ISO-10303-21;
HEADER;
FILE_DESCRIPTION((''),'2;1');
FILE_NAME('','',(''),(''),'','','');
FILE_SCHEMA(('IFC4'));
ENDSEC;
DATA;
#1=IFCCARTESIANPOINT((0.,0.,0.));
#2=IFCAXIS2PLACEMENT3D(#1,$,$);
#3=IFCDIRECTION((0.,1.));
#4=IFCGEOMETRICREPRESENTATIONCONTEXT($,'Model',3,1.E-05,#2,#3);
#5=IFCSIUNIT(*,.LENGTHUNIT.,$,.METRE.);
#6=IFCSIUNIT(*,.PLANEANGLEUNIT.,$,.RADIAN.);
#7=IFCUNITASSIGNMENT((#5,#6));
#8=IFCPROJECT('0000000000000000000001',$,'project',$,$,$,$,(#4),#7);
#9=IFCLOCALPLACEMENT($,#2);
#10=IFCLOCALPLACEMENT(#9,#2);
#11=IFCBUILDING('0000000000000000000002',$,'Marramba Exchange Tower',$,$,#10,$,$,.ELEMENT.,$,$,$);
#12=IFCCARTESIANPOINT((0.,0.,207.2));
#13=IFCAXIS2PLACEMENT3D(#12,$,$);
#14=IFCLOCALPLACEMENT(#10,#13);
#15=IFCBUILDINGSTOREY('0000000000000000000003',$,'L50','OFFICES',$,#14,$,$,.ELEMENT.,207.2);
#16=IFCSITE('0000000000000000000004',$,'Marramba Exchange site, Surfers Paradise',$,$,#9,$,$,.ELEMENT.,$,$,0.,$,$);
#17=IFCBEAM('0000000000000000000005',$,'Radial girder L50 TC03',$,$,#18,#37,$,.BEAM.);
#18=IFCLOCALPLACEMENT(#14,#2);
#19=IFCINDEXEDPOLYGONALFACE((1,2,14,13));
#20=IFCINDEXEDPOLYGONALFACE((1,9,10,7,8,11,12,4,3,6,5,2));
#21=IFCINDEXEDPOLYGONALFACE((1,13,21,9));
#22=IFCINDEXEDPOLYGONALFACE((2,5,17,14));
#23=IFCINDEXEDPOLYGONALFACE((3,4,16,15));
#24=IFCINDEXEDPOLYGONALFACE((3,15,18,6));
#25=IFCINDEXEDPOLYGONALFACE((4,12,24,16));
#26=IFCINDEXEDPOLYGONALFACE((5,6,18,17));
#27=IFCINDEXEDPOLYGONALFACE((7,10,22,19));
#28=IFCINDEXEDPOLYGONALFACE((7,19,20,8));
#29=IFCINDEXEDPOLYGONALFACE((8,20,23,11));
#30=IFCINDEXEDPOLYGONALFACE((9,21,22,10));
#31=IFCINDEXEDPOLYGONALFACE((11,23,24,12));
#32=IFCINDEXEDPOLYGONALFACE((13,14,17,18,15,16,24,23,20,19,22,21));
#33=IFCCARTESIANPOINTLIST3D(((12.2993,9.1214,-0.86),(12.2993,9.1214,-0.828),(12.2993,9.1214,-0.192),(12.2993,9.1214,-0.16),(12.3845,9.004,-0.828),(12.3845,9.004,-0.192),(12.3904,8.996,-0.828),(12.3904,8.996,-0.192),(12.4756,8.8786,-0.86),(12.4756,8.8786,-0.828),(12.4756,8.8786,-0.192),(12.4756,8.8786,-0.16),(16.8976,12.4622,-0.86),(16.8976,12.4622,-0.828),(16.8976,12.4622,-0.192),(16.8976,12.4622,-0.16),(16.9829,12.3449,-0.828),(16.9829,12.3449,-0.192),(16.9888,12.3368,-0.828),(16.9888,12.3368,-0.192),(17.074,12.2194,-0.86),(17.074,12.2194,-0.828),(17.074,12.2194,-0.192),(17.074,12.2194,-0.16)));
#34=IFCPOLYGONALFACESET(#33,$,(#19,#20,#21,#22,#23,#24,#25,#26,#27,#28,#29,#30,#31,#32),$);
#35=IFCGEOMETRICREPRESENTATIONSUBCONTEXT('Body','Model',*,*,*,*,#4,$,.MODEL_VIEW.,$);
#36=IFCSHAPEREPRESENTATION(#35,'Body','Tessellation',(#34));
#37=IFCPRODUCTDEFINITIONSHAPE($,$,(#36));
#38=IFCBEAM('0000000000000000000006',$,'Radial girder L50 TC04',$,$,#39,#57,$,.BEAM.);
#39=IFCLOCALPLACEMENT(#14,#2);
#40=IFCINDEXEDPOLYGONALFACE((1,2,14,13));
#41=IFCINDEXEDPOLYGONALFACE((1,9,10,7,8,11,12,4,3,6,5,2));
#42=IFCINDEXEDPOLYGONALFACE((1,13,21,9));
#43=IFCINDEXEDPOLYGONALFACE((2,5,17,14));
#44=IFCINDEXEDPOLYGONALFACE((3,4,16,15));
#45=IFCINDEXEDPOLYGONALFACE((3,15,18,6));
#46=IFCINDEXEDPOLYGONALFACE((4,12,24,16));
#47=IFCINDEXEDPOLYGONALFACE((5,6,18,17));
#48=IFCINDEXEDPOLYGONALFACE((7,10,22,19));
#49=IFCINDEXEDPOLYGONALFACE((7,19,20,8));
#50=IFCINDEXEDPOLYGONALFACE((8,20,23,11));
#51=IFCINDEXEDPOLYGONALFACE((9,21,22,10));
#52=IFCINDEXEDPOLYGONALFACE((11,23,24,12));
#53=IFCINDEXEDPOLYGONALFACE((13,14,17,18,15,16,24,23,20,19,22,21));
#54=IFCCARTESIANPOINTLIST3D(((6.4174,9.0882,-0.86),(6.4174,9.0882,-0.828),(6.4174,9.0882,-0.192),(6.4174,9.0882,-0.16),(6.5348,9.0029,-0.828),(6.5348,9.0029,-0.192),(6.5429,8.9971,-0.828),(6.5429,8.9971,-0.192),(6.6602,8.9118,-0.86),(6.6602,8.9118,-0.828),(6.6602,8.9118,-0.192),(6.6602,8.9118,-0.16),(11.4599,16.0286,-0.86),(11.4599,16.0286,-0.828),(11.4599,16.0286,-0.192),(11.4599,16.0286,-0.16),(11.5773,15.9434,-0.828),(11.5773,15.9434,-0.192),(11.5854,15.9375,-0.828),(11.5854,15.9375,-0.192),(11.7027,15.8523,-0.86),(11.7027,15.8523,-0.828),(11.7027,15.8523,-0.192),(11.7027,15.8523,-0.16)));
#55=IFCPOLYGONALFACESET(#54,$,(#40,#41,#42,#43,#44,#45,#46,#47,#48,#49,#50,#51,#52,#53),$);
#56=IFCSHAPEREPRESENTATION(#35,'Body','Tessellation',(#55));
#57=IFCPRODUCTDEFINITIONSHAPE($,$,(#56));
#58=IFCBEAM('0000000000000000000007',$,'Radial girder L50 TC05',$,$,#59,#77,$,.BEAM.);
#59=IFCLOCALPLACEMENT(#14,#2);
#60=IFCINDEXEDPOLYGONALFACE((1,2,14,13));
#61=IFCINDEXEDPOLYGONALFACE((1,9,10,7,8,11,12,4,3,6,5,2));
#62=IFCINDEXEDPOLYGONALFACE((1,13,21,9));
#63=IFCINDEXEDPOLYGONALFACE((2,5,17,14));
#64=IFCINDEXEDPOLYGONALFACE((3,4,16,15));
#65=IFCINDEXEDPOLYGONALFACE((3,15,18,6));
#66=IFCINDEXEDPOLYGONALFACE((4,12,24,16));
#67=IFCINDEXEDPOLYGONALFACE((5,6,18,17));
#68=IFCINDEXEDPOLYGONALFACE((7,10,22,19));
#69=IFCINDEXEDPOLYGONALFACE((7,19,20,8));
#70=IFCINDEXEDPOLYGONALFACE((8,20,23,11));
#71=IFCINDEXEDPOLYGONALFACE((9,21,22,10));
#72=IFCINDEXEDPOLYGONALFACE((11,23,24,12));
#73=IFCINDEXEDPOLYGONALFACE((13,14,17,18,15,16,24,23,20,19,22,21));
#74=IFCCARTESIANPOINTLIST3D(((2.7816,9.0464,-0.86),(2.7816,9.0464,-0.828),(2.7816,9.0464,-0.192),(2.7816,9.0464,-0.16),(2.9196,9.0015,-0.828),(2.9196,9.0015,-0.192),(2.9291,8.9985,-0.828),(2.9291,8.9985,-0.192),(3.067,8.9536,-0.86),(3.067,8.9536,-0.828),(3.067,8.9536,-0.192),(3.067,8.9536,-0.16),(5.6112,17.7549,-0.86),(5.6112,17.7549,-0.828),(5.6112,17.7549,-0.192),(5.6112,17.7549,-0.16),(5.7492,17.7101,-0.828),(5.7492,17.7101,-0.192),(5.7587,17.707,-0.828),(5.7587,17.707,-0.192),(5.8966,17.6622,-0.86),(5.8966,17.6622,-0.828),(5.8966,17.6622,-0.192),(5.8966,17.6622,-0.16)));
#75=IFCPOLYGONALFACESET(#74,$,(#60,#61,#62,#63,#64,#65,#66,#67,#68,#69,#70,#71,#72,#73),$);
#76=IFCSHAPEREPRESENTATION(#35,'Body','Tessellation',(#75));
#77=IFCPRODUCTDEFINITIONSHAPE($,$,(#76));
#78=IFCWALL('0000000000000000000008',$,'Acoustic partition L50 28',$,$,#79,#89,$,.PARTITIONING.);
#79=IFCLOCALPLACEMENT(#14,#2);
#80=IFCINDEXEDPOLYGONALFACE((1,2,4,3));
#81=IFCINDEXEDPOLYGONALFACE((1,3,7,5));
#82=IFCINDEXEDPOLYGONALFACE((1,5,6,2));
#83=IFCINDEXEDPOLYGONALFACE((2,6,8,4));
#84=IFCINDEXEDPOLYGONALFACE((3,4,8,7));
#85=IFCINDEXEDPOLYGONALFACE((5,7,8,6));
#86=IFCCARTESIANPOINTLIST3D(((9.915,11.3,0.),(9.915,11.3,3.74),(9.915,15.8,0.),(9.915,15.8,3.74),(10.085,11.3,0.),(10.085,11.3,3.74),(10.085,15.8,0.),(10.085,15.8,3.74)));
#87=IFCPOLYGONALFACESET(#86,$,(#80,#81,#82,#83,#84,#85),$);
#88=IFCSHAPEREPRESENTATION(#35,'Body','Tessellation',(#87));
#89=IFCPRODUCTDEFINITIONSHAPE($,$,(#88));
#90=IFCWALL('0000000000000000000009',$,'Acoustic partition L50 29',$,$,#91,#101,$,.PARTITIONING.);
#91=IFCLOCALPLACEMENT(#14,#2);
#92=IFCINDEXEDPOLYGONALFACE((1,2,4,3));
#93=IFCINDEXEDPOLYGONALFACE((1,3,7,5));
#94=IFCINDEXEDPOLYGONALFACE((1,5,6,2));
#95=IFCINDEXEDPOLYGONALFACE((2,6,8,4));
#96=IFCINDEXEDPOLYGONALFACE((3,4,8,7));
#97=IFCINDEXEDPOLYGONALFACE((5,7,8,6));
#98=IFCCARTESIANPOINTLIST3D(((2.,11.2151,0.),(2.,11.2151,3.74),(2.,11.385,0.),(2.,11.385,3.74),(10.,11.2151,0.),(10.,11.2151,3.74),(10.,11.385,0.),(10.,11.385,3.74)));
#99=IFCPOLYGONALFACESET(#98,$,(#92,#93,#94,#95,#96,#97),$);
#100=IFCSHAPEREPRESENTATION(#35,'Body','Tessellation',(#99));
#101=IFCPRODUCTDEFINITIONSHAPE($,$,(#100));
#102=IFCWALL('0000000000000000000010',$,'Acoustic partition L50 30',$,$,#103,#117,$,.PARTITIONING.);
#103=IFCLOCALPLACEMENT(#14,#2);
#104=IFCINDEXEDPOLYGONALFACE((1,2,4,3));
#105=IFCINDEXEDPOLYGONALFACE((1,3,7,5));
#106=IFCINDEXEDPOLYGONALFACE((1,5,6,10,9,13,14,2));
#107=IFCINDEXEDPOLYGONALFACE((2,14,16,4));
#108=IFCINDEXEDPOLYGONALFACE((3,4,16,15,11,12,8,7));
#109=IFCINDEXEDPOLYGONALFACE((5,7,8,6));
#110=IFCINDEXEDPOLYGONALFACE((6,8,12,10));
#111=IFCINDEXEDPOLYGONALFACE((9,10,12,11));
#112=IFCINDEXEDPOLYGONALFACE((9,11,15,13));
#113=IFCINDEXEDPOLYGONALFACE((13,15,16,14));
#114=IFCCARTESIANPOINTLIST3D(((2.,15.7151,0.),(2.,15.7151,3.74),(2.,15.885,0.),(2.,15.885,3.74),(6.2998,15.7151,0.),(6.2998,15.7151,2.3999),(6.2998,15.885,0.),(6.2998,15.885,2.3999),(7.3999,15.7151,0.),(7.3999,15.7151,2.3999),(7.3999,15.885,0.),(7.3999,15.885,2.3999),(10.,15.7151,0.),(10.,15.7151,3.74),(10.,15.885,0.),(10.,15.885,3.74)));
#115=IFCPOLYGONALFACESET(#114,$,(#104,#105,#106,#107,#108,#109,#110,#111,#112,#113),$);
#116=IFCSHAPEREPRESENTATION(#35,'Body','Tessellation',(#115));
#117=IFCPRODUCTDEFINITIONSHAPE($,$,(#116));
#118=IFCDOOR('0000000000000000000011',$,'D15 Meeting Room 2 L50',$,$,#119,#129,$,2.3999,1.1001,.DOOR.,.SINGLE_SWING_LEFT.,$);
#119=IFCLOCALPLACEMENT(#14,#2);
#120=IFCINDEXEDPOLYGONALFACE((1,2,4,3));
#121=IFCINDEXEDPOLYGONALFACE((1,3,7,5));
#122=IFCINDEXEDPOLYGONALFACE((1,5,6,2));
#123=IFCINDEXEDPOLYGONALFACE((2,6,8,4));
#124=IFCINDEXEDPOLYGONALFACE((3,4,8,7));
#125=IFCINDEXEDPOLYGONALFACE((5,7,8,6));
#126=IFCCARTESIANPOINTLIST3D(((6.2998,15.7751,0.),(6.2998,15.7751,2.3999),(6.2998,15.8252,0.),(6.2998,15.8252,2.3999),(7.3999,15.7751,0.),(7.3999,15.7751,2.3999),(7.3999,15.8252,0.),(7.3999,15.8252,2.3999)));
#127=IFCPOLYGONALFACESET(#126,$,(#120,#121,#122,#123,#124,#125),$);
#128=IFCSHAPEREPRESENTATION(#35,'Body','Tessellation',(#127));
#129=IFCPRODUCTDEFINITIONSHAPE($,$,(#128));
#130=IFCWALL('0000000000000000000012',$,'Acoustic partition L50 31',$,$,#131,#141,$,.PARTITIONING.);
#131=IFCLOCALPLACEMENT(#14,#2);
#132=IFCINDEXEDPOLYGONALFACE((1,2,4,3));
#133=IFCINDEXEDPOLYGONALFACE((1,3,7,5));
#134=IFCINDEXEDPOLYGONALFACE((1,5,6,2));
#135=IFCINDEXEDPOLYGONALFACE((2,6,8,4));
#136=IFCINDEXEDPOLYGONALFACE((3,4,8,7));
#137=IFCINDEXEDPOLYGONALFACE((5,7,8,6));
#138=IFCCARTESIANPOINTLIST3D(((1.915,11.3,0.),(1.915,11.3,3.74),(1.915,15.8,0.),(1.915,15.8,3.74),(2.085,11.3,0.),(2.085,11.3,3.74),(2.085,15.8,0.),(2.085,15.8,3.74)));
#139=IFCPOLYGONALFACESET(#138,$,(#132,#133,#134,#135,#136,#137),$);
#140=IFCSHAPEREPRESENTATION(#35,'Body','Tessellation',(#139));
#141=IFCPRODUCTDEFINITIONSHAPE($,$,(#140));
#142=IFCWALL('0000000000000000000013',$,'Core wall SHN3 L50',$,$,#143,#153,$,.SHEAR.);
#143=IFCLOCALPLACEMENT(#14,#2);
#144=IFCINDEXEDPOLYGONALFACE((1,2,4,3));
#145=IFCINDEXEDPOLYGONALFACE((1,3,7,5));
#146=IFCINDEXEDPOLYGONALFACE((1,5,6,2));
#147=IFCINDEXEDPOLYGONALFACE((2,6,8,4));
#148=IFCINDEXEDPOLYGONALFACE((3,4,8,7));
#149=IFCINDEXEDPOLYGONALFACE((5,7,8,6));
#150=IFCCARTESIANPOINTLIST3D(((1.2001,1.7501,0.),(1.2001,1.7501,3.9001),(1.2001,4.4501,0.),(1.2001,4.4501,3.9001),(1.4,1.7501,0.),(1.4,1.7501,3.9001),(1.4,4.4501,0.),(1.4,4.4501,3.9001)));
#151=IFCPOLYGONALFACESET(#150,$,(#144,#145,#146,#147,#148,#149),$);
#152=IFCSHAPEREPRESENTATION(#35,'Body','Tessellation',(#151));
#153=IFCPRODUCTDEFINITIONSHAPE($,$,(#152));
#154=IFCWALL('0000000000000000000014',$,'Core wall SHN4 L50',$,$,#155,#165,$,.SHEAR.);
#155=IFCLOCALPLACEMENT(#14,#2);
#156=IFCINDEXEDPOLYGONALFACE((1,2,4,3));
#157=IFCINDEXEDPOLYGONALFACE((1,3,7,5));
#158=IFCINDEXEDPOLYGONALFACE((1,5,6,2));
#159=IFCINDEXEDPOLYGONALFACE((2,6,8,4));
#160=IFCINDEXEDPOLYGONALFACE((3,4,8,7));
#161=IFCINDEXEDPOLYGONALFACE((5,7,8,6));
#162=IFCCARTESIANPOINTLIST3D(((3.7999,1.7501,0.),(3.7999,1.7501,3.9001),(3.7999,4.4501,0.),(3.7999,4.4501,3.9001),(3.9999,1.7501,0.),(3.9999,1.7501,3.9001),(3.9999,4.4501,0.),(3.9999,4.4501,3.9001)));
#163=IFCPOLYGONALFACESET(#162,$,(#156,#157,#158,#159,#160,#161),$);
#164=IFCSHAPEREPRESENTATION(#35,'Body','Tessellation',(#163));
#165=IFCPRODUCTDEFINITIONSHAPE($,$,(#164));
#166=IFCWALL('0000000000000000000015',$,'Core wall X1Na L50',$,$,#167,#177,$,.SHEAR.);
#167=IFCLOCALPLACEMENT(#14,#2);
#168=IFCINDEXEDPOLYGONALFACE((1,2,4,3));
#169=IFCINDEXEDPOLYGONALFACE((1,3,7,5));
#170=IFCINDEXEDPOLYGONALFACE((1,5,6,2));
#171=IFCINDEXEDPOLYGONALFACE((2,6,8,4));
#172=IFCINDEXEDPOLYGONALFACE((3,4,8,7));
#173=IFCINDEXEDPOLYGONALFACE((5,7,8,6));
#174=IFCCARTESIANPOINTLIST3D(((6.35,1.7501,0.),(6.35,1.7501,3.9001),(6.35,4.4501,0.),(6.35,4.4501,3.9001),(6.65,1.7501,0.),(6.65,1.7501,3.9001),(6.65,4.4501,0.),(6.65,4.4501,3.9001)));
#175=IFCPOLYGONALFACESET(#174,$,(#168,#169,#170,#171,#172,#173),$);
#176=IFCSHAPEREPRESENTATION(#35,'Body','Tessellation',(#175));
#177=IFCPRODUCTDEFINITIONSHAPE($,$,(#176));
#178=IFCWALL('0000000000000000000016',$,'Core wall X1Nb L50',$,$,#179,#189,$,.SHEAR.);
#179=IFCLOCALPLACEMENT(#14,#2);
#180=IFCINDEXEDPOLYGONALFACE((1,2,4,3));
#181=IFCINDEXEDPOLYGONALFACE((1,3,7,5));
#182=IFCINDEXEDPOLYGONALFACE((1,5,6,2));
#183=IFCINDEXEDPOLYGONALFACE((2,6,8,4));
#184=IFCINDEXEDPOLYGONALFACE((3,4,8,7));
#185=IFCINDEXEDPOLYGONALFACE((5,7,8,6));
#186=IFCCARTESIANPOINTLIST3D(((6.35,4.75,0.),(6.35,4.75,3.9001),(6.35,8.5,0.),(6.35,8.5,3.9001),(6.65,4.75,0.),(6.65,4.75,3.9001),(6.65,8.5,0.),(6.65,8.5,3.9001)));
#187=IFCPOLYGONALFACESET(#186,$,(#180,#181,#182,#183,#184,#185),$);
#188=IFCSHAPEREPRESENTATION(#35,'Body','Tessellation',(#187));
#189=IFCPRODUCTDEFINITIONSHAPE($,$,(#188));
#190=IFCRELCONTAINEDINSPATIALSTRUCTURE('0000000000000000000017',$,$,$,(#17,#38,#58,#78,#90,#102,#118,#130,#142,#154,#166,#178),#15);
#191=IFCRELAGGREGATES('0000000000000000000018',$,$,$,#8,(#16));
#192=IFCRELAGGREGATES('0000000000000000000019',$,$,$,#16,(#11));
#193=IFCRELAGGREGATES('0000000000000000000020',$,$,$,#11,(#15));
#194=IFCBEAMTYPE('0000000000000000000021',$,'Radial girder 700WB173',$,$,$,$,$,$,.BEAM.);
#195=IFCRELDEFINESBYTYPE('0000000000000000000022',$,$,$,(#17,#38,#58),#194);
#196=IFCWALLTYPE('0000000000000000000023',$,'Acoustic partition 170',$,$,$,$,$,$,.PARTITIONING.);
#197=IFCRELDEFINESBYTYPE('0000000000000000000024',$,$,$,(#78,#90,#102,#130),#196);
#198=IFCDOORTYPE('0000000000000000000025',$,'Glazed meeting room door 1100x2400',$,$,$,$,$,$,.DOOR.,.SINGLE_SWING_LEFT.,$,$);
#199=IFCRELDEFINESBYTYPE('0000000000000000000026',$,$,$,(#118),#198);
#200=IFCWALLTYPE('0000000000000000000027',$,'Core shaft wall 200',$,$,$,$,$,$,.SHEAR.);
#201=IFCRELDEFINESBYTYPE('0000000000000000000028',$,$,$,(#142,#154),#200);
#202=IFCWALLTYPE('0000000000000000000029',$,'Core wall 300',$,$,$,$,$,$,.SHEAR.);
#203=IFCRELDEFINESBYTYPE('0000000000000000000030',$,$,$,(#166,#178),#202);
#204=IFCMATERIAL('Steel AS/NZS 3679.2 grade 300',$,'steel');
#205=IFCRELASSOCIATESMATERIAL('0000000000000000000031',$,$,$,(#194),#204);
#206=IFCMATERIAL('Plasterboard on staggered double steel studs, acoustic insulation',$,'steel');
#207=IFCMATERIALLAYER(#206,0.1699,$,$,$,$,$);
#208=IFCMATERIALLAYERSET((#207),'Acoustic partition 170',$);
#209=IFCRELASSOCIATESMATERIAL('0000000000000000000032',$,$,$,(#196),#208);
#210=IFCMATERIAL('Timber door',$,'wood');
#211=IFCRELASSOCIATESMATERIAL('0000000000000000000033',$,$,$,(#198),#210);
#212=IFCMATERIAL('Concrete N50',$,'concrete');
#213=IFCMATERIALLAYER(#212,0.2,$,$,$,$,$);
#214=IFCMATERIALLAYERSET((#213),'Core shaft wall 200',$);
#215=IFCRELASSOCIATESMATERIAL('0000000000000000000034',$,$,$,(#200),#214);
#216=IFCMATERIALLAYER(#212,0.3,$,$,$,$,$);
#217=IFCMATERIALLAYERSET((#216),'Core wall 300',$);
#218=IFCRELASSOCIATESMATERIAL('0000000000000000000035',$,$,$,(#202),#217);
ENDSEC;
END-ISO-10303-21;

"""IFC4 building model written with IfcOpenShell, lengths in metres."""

from ifc_helpers import new_model, si_unit, direction, frame, frame_2d, origin, origin_2d, place, context, subcontext, project, spatial, rectangle, i_section, extrude, material, layer, layer_set, material_profile, profile_set, type_object, element, fill, save


model = new_model("IFC4")

# Units and contexts
model_context = context("Model", 3, precision=1e-05, world=origin(), true_north=direction((0.0, 1.0)))
body_context = subcontext(model_context, "Body", "Model", "MODEL_VIEW")
ifc_project = project(units=[si_unit("LENGTHUNIT", "METRE"), si_unit("PLANEANGLEUNIT", "RADIAN")], contexts=[model_context])

# Site, building, storey
site_placement = place(None, origin())
site = spatial("IfcSite", under=ifc_project, at=site_placement, Name="Marramba Exchange site, Surfers Paradise", CompositionType="ELEMENT", RefElevation=0.0)
building_placement = place(site_placement, origin())
building = spatial("IfcBuilding", under=site, at=building_placement, Name="Marramba Exchange Tower", CompositionType="ELEMENT")
storey_placement = place(building_placement, frame((0.0, 0.0, 207.2)))
storey = spatial("IfcBuildingStorey", under=building, at=storey_placement, Name="L50", Description="OFFICES", CompositionType="ELEMENT", Elevation=207.2)

# Beams
ifc_material_1 = material(Name="Steel AS/NZS 3679.2 grade 300", Category="steel")
ifc_material_profile_1 = material_profile(ifc_material_1, i_section(OverallWidth=0.3, OverallDepth=0.7, WebThickness=0.01, FlangeThickness=0.032, at=origin_2d()), Name="700WB173")
ifc_profile_set_1 = profile_set([ifc_material_profile_1], Name="Steel AS/NZS 3679.2 grade 300")
beam_type_1 = type_object("IfcBeamType", Name="Radial girder 700WB173", PredefinedType="BEAM", material=ifc_profile_set_1)
beam_1_placement = place(storey_placement, frame((12.3875, 9.0, -0.51), z_axis=(0.809026, 0.587773, 0.0), x_axis=(-0.587773, 0.809026, 0.0)))
element("IfcBeam", 1, at=beam_1_placement, inside=storey, type_object=beam_type_1, Name="Radial girder L50 TC03", PredefinedType="BEAM", context=body_context, shape_type="SweptSolid", body=[
    extrude(i_section(OverallWidth=0.3, OverallDepth=0.7, WebThickness=0.01, FlangeThickness=0.032, at=origin_2d()), origin(), (0.0, 0.0, 1.0), 5.6838),
])
beam_2_placement = place(storey_placement, frame((6.5388, 9.0, -0.51), z_axis=(0.587782, 0.809019, 0.0), x_axis=(-0.809019, 0.587782, 0.0)))
element("IfcBeam", 2, at=beam_2_placement, inside=storey, type_object=beam_type_1, Name="Radial girder L50 TC04", PredefinedType="BEAM", context=body_context, shape_type="SweptSolid", body=[
    extrude(i_section(OverallWidth=0.3, OverallDepth=0.7, WebThickness=0.01, FlangeThickness=0.032, at=origin_2d()), origin(), (0.0, 0.0, 1.0), 8.5789),
])
beam_3_placement = place(storey_placement, frame((2.9243, 9.0, -0.51), z_axis=(0.30902, 0.951056, 0.0), x_axis=(-0.951056, 0.30902, 0.0)))
element("IfcBeam", 3, at=beam_3_placement, inside=storey, type_object=beam_type_1, Name="Radial girder L50 TC05", PredefinedType="BEAM", context=body_context, shape_type="SweptSolid", body=[
    extrude(i_section(OverallWidth=0.3, OverallDepth=0.7, WebThickness=0.01, FlangeThickness=0.032, at=origin_2d()), origin(), (0.0, 0.0, 1.0), 9.1567),
])

# Walls
ifc_material_2 = material(Name="Plasterboard on staggered double steel studs, acoustic insulation", Category="steel")
ifc_layer_1 = layer(ifc_material_2, 0.1699)
ifc_layer_set_1 = layer_set([ifc_layer_1], Name="Acoustic partition 170")
wall_type_1 = type_object("IfcWallType", Name="Acoustic partition 170", PredefinedType="PARTITIONING", material=ifc_layer_set_1)
wall_1_placement = place(storey_placement, frame((10.0, 11.3, 0.0), z_axis=(0.0, 0.0, 1.0), x_axis=(0.0, 1.0, 0.0)))
element("IfcWall", 4, at=wall_1_placement, inside=storey, type_object=wall_type_1, Name="Acoustic partition L50 28", PredefinedType="PARTITIONING", context=body_context, shape_type="SweptSolid", body=[
    extrude(rectangle(XDim=4.5, YDim=0.1699, at=frame_2d((2.25, 0.0))), origin(), (0.0, 0.0, 1.0), 3.74),
])
wall_2_placement = place(storey_placement, frame((2.0, 11.3, 0.0), z_axis=(0.0, 0.0, 1.0), x_axis=(1.0, 0.0, 0.0)))
element("IfcWall", 5, at=wall_2_placement, inside=storey, type_object=wall_type_1, Name="Acoustic partition L50 29", PredefinedType="PARTITIONING", context=body_context, shape_type="SweptSolid", body=[
    extrude(rectangle(XDim=8.0, YDim=0.1699, at=frame_2d((4.0, 0.0))), origin(), (0.0, 0.0, 1.0), 3.74),
])

# Wall, opening, door
wall_3_placement = place(storey_placement, frame((10.0, 15.8, 0.0), z_axis=(0.0, 0.0, 1.0), x_axis=(-1.0, 0.0, 0.0)))
wall_3 = element("IfcWall", 6, at=wall_3_placement, inside=storey, type_object=wall_type_1, Name="Acoustic partition L50 30", PredefinedType="PARTITIONING", context=body_context, shape_type="SweptSolid", body=[
    extrude(rectangle(XDim=8.0, YDim=0.1699, at=frame_2d((4.0, 0.0))), origin(), (0.0, 0.0, 1.0), 3.74),
])
opening_placement = place(wall_3_placement, frame((2.6001, 0.0, 0.0)))
opening = element("IfcOpeningElement", 7, at=opening_placement, cuts=wall_3, PredefinedType="OPENING", context=body_context, shape_type="SweptSolid", body=[
    extrude(rectangle(XDim=1.1001, YDim=2.3999, at=frame_2d((0.55, 1.2))), frame((0.0, 0.095, 0.0), z_axis=(0.0, -1.0, 0.0), x_axis=(1.0, 0.0, 0.0)), (0.0, 0.0, 1.0), 0.1899),
])
ifc_material_3 = material(Name="Timber door", Category="wood")
door_type = type_object("IfcDoorType", Name="Glazed meeting room door 1100x2400", OperationType="SINGLE_SWING_LEFT", PredefinedType="DOOR", material=ifc_material_3)
door_placement = place(opening_placement, origin())
door = element("IfcDoor", 8, at=door_placement, inside=storey, type_object=door_type, Name="D15 Meeting Room 2 L50", OperationType="SINGLE_SWING_LEFT", OverallHeight=2.3999, OverallWidth=1.1001, PredefinedType="DOOR", context=body_context, shape_type="SweptSolid", body=[
    extrude(rectangle(XDim=1.1001, YDim=2.3999, at=frame_2d((0.55, 1.2))), frame((0.0, 0.0249, 0.0), z_axis=(0.0, -1.0, 0.0), x_axis=(1.0, 0.0, 0.0)), (0.0, 0.0, 1.0), 0.05),
])
fill(opening, door)

# Walls
wall_4_placement = place(storey_placement, frame((2.0, 15.8, 0.0), z_axis=(0.0, 0.0, 1.0), x_axis=(0.0, -1.0, 0.0)))
element("IfcWall", 9, at=wall_4_placement, inside=storey, type_object=wall_type_1, Name="Acoustic partition L50 31", PredefinedType="PARTITIONING", context=body_context, shape_type="SweptSolid", body=[
    extrude(rectangle(XDim=4.5, YDim=0.1699, at=frame_2d((2.25, 0.0))), origin(), (0.0, 0.0, 1.0), 3.74),
])
ifc_material_4 = material(Name="Concrete N50", Category="concrete")
ifc_layer_2 = layer(ifc_material_4, 0.2)
ifc_layer_set_2 = layer_set([ifc_layer_2], Name="Core shaft wall 200")
wall_type_2 = type_object("IfcWallType", Name="Core shaft wall 200", PredefinedType="SHEAR", material=ifc_layer_set_2)
for number, where, z_axis, x_axis, name in (
    (10, (1.3, 1.75, 0.0), (0.0, 0.0, 1.0), (0.0, 1.0, 0.0), "Core wall SHN3 L50"),
    (11, (3.8999, 1.75, 0.0), (0.0, 0.0, 1.0), (0.0, 1.0, 0.0), "Core wall SHN4 L50"),
):
    element("IfcWall", number, at=place(storey_placement, frame(where, z_axis=z_axis, x_axis=x_axis)), inside=storey, type_object=wall_type_2, Name=name, PredefinedType="SHEAR", context=body_context, shape_type="SweptSolid", body=[
        extrude(rectangle(XDim=2.7, YDim=0.2, at=frame_2d((1.3501, 0.0))), origin(), (0.0, 0.0, 1.0), 3.9001),
    ])
ifc_layer_3 = layer(ifc_material_4, 0.3)
ifc_layer_set_3 = layer_set([ifc_layer_3], Name="Core wall 300")
wall_type_3 = type_object("IfcWallType", Name="Core wall 300", PredefinedType="SHEAR", material=ifc_layer_set_3)
wall_5_placement = place(storey_placement, frame((6.5, 1.75, 0.0), z_axis=(0.0, 0.0, 1.0), x_axis=(0.0, 1.0, 0.0)))
element("IfcWall", 12, at=wall_5_placement, inside=storey, type_object=wall_type_3, Name="Core wall X1Na L50", PredefinedType="SHEAR", context=body_context, shape_type="SweptSolid", body=[
    extrude(rectangle(XDim=2.7, YDim=0.3, at=frame_2d((1.3501, 0.0))), origin(), (0.0, 0.0, 1.0), 3.9001),
])
wall_6_placement = place(storey_placement, frame((6.5, 4.75, 0.0), z_axis=(0.0, 0.0, 1.0), x_axis=(0.0, 1.0, 0.0)))
element("IfcWall", 13, at=wall_6_placement, inside=storey, type_object=wall_type_3, Name="Core wall X1Nb L50", PredefinedType="SHEAR", context=body_context, shape_type="SweptSolid", body=[
    extrude(rectangle(XDim=3.75, YDim=0.3, at=frame_2d((1.875, 0.0))), origin(), (0.0, 0.0, 1.0), 3.9001),
])

save(model, "model.ifc")
